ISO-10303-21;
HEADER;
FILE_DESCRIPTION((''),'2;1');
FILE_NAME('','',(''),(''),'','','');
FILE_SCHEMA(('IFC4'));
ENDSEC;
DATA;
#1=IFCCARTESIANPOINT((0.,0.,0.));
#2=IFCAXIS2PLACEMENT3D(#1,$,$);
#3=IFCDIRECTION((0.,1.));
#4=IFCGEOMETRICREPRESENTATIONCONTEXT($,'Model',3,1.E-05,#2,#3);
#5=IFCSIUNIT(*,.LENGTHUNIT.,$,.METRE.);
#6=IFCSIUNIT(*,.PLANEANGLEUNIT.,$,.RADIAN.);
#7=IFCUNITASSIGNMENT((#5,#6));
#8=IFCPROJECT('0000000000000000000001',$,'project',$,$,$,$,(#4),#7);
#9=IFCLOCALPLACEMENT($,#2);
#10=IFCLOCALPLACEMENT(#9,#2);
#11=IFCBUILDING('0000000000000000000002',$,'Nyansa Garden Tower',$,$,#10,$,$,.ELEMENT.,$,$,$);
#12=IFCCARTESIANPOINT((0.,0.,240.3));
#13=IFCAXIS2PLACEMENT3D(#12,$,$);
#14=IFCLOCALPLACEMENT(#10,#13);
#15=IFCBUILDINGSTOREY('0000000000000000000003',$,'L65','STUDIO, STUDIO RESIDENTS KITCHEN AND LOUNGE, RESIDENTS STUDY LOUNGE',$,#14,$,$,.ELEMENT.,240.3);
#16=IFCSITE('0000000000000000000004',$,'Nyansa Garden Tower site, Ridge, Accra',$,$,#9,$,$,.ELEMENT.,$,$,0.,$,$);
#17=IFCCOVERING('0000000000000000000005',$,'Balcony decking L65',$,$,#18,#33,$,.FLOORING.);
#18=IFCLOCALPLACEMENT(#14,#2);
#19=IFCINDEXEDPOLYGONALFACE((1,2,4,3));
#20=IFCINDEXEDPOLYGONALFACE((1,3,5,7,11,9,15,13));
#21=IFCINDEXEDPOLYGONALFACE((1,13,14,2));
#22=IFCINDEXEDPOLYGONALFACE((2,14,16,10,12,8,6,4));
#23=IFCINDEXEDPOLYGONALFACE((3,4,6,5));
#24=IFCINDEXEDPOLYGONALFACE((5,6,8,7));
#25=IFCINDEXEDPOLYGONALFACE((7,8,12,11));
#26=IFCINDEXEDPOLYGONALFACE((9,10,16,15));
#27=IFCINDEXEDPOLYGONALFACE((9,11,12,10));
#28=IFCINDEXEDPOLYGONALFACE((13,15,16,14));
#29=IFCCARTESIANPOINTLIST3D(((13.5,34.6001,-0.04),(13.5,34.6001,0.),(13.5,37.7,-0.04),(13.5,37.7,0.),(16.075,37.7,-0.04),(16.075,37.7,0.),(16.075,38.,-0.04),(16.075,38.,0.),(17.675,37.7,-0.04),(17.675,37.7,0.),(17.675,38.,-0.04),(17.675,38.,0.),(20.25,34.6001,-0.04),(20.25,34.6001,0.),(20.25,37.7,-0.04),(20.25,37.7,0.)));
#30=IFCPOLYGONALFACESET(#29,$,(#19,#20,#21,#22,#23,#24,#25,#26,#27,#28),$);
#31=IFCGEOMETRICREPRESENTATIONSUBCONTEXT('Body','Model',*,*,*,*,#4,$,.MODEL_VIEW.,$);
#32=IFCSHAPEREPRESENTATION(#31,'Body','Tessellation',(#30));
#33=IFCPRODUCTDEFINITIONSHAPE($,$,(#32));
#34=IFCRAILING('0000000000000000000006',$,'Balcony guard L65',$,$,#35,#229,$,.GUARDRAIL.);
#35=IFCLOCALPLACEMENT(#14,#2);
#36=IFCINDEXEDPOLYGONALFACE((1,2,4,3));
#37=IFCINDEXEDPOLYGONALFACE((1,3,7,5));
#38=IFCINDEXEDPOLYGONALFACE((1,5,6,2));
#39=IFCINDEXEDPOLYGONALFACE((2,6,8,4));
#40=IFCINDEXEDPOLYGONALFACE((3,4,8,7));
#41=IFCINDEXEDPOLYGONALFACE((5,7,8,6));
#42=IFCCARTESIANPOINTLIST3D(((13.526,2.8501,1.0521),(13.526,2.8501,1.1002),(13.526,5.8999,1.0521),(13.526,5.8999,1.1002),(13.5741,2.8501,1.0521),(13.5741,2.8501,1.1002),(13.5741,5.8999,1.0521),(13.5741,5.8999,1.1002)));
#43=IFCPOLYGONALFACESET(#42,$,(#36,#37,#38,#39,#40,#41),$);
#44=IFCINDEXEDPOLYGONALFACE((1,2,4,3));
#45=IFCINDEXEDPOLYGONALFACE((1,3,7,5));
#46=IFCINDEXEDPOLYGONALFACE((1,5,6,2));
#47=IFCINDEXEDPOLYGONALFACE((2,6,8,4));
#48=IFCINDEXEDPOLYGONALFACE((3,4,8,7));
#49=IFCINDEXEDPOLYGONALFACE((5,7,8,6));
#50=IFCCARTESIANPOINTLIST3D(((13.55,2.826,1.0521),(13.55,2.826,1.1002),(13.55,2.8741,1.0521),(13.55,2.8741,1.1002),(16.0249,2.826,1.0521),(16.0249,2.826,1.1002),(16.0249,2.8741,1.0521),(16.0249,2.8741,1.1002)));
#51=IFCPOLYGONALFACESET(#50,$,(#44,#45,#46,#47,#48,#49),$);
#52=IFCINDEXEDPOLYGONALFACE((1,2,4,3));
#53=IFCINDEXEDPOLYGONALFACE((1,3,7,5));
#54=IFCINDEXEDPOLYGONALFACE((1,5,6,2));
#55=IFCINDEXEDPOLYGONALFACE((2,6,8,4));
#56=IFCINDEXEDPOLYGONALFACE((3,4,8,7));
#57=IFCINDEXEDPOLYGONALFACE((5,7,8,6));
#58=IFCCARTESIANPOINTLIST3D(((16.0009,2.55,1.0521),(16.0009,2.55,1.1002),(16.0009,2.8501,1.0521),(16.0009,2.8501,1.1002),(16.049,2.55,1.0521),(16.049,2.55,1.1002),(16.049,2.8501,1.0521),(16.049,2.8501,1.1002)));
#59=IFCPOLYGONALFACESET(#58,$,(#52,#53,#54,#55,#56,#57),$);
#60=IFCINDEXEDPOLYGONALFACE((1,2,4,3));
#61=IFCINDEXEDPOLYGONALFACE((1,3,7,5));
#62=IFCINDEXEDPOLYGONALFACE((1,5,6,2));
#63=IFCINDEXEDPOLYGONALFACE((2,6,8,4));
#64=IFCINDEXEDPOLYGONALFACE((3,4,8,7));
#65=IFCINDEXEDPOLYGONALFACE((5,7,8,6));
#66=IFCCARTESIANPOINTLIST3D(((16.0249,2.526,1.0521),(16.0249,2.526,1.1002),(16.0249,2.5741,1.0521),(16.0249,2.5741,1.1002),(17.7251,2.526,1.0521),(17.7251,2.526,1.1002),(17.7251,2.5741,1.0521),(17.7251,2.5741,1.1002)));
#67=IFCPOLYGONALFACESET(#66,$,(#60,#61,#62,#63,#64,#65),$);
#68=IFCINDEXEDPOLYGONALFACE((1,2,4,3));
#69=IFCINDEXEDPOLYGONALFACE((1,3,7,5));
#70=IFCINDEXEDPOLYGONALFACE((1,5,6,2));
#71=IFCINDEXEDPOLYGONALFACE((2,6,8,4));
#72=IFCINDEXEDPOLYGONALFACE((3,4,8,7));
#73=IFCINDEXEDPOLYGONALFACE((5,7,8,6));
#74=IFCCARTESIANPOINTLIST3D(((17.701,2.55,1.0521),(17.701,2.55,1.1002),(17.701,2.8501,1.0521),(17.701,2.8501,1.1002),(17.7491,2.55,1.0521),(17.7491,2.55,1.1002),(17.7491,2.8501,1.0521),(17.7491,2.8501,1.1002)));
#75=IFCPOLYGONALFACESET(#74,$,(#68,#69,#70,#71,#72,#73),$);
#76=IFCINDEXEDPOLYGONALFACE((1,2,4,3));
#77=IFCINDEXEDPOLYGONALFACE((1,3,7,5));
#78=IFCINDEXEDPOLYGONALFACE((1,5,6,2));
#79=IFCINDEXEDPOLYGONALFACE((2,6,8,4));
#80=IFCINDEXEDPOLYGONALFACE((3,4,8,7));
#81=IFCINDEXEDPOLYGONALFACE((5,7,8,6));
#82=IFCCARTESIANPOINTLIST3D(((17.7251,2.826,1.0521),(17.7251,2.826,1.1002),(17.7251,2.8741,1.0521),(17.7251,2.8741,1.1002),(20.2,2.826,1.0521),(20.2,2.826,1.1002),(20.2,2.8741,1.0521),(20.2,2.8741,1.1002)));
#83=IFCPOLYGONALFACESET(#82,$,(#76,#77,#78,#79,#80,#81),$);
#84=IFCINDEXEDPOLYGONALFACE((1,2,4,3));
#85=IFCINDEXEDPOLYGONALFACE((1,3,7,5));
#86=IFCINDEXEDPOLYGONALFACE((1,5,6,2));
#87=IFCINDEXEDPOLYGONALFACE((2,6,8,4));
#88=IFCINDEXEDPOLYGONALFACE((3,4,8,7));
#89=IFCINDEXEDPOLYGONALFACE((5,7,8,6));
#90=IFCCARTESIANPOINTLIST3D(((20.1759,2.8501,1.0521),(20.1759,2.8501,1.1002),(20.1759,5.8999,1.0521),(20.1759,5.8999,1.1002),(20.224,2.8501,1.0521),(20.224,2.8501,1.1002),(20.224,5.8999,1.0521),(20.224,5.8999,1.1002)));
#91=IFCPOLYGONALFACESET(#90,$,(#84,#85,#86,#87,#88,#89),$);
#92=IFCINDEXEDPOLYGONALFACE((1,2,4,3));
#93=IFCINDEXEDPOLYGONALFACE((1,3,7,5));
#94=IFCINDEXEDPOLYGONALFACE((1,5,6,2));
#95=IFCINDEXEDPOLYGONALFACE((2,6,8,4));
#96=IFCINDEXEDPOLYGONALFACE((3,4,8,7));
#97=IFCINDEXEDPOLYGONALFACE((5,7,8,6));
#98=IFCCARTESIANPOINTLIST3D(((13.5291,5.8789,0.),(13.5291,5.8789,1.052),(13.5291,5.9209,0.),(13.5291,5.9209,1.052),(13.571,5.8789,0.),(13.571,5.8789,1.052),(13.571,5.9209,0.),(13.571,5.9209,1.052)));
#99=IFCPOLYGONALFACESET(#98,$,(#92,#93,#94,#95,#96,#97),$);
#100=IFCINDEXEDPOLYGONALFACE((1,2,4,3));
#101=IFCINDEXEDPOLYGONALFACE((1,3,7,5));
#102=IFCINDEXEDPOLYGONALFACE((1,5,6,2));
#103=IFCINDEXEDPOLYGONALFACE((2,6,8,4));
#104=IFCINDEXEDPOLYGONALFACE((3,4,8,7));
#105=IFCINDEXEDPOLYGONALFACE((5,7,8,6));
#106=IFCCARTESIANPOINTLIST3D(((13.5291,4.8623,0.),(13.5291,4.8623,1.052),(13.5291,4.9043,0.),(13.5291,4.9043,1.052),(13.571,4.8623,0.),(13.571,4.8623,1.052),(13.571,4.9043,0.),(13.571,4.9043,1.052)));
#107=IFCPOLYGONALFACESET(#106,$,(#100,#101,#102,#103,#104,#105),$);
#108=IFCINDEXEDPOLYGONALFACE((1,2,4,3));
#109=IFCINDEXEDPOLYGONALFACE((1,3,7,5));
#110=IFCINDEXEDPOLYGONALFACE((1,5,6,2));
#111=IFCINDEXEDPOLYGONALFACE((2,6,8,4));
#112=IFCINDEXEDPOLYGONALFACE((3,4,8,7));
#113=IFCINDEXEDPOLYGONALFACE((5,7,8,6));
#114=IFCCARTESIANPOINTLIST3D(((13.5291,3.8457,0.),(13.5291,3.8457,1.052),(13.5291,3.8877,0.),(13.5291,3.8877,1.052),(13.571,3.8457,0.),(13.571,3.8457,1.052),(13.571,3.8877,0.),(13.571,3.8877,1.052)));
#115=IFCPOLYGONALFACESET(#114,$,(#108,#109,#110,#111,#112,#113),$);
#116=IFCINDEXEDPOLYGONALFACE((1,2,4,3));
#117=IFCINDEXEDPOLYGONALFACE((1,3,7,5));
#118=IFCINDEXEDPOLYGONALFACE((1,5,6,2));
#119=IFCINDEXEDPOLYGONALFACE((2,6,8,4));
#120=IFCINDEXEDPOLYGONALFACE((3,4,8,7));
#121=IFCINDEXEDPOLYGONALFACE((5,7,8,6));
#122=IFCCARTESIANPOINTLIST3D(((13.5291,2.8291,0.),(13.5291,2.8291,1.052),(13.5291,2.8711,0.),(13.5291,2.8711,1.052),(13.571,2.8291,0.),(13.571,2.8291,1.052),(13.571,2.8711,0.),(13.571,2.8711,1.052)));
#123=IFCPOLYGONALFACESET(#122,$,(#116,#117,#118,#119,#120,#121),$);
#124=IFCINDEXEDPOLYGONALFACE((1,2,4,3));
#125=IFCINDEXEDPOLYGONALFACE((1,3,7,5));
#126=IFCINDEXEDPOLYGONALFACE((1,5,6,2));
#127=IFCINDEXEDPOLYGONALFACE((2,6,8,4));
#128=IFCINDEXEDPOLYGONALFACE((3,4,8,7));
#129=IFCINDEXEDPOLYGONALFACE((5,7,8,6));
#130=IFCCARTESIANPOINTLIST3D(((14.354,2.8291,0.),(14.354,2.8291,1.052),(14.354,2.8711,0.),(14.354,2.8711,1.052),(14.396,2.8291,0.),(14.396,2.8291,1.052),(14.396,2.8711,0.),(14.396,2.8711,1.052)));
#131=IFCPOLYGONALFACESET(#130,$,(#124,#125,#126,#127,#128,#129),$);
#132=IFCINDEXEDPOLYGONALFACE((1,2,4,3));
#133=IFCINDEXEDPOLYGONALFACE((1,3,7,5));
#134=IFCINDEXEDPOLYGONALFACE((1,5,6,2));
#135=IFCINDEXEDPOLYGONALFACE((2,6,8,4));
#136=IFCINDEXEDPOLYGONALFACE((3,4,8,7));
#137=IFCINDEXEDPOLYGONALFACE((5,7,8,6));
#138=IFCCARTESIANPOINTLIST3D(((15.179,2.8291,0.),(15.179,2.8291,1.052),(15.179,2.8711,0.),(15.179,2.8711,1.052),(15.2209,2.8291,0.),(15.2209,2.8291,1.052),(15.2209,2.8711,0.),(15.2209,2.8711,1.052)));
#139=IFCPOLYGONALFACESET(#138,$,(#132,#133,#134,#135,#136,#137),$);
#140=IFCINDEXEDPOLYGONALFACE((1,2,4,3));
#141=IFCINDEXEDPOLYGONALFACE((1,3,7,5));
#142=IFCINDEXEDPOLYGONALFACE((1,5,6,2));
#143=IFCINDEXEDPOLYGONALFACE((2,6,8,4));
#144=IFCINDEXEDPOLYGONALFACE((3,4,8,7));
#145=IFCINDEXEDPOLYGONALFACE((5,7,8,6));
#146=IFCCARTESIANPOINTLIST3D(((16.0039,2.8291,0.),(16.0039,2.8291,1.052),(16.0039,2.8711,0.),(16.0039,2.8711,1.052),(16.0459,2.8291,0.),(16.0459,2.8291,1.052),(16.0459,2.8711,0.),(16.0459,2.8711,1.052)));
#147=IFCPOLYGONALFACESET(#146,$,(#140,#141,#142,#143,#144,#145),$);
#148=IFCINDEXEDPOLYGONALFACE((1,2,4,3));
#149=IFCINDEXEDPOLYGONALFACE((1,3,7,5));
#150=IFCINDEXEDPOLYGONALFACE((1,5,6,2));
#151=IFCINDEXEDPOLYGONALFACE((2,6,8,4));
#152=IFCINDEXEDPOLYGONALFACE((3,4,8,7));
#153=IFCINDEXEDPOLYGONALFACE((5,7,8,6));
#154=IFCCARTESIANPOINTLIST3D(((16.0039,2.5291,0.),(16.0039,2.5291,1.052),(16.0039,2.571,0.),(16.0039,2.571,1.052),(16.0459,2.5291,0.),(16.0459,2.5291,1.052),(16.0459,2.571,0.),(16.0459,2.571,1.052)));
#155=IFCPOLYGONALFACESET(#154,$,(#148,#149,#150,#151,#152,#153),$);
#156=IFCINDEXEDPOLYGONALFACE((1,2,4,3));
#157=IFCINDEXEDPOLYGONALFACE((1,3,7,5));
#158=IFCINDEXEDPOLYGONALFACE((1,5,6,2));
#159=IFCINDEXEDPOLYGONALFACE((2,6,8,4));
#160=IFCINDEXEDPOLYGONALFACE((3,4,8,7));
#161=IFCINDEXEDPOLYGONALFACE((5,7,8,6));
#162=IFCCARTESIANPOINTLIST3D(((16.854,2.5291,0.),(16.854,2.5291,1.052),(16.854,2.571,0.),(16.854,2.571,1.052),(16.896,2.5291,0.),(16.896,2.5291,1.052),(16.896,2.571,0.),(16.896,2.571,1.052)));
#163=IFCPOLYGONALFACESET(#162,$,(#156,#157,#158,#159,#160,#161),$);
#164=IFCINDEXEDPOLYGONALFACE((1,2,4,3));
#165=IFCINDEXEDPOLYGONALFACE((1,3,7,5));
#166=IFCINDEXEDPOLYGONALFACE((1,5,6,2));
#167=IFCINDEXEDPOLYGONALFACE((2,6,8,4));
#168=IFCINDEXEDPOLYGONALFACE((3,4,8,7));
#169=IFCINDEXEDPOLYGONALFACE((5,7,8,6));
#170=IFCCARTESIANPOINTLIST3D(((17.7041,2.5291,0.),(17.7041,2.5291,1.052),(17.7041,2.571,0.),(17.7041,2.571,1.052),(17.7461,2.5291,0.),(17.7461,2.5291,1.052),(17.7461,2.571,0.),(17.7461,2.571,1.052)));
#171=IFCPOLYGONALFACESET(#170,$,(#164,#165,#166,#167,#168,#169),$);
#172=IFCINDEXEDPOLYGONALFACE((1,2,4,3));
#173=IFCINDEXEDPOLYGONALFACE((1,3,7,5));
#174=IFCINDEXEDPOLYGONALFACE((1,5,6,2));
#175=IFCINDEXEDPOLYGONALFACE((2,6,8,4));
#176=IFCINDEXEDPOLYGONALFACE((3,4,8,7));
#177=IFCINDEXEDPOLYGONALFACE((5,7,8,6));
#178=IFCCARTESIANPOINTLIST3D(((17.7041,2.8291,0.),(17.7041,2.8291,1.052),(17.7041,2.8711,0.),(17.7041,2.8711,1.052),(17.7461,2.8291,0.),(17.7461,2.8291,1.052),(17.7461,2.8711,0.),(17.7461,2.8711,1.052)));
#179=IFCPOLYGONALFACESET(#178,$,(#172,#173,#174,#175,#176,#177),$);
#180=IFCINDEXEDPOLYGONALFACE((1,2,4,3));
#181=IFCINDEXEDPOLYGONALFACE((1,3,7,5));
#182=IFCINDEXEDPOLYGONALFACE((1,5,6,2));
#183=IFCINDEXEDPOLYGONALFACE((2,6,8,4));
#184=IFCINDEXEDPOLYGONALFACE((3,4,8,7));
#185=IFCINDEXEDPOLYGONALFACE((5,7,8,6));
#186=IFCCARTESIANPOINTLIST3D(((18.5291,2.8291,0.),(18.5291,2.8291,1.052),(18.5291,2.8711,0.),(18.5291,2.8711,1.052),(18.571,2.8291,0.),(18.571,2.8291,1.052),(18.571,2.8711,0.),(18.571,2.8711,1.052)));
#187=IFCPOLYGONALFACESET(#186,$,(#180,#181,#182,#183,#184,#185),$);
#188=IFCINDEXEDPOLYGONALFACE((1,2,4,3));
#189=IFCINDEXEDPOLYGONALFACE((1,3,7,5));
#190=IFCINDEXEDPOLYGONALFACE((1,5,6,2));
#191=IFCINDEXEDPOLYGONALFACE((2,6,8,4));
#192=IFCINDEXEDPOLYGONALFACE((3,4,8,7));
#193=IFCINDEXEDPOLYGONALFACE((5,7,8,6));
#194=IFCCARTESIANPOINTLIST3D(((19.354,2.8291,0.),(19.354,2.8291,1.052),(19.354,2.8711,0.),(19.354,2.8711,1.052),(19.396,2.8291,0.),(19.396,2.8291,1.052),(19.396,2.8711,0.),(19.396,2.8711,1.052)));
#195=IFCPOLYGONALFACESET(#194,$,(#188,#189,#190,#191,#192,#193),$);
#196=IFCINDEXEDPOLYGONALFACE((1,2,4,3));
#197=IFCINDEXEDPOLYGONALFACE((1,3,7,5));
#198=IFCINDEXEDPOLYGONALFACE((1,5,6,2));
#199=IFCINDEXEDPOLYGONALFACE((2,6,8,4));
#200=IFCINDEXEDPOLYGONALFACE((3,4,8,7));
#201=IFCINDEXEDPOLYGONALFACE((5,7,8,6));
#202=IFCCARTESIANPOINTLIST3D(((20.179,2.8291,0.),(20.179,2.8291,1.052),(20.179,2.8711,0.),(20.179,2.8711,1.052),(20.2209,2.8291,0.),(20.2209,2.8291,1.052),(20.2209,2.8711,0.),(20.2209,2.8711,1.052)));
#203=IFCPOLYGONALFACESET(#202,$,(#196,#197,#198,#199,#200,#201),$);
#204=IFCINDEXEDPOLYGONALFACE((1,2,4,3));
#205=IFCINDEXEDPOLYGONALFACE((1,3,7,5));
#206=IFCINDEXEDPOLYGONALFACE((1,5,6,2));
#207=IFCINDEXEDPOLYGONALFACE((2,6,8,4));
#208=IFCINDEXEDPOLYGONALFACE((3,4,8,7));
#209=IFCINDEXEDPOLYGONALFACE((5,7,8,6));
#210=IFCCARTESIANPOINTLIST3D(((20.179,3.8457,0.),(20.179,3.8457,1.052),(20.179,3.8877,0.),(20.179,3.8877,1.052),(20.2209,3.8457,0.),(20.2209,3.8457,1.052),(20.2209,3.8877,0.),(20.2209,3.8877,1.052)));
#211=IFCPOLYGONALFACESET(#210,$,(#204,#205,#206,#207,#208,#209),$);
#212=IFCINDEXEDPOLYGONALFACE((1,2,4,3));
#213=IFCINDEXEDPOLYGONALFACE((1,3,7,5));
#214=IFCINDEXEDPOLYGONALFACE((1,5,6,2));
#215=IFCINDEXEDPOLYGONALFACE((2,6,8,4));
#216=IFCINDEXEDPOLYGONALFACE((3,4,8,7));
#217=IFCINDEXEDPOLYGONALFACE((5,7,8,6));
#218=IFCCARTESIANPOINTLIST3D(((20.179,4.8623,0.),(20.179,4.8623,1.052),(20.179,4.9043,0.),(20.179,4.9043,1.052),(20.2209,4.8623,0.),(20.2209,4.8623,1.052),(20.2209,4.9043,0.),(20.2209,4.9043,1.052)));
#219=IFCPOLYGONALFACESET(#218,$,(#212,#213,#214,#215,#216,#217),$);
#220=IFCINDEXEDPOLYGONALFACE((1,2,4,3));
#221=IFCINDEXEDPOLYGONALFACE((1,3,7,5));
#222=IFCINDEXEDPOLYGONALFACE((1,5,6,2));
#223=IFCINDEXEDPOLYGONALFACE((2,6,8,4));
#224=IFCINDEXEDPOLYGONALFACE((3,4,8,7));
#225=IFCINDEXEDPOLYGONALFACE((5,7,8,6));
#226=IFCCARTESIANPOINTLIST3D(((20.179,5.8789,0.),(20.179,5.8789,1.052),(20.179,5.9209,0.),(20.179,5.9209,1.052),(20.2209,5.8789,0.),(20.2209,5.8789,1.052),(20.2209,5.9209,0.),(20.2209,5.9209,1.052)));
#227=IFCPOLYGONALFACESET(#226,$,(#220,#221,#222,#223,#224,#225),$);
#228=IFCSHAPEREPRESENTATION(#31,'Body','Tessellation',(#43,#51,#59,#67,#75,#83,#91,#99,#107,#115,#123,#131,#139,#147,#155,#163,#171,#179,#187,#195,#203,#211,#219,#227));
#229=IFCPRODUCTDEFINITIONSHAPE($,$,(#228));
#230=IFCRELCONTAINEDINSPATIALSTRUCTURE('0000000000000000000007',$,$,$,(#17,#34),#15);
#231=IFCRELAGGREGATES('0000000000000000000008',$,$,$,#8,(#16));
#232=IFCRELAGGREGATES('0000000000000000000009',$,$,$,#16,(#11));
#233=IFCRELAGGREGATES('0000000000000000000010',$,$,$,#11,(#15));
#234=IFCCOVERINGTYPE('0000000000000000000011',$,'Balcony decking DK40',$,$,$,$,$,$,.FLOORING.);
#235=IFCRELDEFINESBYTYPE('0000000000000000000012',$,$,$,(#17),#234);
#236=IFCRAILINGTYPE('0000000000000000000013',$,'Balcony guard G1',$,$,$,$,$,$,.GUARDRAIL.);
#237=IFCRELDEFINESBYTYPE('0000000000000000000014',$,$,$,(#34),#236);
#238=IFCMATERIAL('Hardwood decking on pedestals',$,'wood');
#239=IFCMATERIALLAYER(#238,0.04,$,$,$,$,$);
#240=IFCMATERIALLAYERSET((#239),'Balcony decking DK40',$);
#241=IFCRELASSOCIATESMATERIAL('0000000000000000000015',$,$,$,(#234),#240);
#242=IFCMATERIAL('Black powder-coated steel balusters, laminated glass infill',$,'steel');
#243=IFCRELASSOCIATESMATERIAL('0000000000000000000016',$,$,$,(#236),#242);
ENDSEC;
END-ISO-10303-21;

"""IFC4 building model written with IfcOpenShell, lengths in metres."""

from ifc_helpers import new_model, si_unit, direction, frame, origin, origin_2d, place, context, subcontext, project, spatial, polyline, rectangle, outline, extrude, material, layer, layer_set, type_object, element, save


model = new_model("IFC4")

# Units and contexts
model_context = context("Model", 3, precision=1e-05, world=origin(), true_north=direction((0.0, 1.0)))
body_context = subcontext(model_context, "Body", "Model", "MODEL_VIEW")
ifc_project = project(units=[si_unit("LENGTHUNIT", "METRE"), si_unit("PLANEANGLEUNIT", "RADIAN")], contexts=[model_context])

# Site, building, storey
site_placement = place(None, origin())
site = spatial("IfcSite", under=ifc_project, at=site_placement, Name="Nyansa Garden Tower site, Ridge, Accra", CompositionType="ELEMENT", RefElevation=0.0)
building_placement = place(site_placement, origin())
building = spatial("IfcBuilding", under=site, at=building_placement, Name="Nyansa Garden Tower", CompositionType="ELEMENT")
storey_placement = place(building_placement, frame((0.0, 0.0, 240.3)))
storey = spatial("IfcBuildingStorey", under=building, at=storey_placement, Name="L65", Description="STUDIO, STUDIO RESIDENTS KITCHEN AND LOUNGE, RESIDENTS STUDY LOUNGE", CompositionType="ELEMENT", Elevation=240.3)

# Covering
ifc_material_1 = material(Name="Hardwood decking on pedestals", Category="wood")
ifc_layer_1 = layer(ifc_material_1, 0.04)
ifc_layer_set_1 = layer_set([ifc_layer_1], Name="Balcony decking DK40")
covering_type = type_object("IfcCoveringType", Name="Balcony decking DK40", PredefinedType="FLOORING", material=ifc_layer_set_1)
covering_1_placement = place(storey_placement, frame((0.0, 0.0, -0.04)))
element("IfcCovering", 1, at=covering_1_placement, inside=storey, type_object=covering_type, Name="Balcony decking L65", PredefinedType="FLOORING", context=body_context, shape_type="SweptSolid", body=[
    extrude(outline(polyline([(13.5, 34.6001), (20.25, 34.6001), (20.25, 37.7), (17.675, 37.7), (17.675, 38.0), (16.075, 38.0), (16.075, 37.7), (13.5, 37.7), (13.5, 34.6001)])), origin(), (0.0, 0.0, 1.0), 0.04),
])

# Railing
ifc_material_2 = material(Name="Black powder-coated steel balusters, laminated glass infill", Category="steel")
railing_type = type_object("IfcRailingType", Name="Balcony guard G1", PredefinedType="GUARDRAIL", material=ifc_material_2)
railing_placement = place(storey_placement, frame((13.55, 5.8999, 0.0)))
element("IfcRailing", 2, at=railing_placement, inside=storey, type_object=railing_type, Name="Balcony guard L65", PredefinedType="GUARDRAIL", context=body_context, shape_type="SweptSolid", body=[
    extrude(rectangle(XDim=0.0481, YDim=0.0481, at=origin_2d()), frame((0.0, 0.0, 1.0762), z_axis=(0.0, -1.0, 0.0), x_axis=(1.0, 0.0, 0.0)), (0.0, 0.0, 1.0), 3.0498),
    extrude(rectangle(XDim=0.0481, YDim=0.0481, at=origin_2d()), frame((0.0, -3.0498, 1.0762), z_axis=(1.0, 0.0, 0.0), x_axis=(0.0, 1.0, 0.0)), (0.0, 0.0, 1.0), 2.4749),
    extrude(rectangle(XDim=0.0481, YDim=0.0481, at=origin_2d()), frame((2.4749, -3.0498, 1.0762), z_axis=(0.0, -1.0, 0.0), x_axis=(1.0, 0.0, 0.0)), (0.0, 0.0, 1.0), 0.3),
    extrude(rectangle(XDim=0.0481, YDim=0.0481, at=origin_2d()), frame((2.4749, -3.3499, 1.0762), z_axis=(1.0, 0.0, 0.0), x_axis=(0.0, 1.0, 0.0)), (0.0, 0.0, 1.0), 1.7002),
    extrude(rectangle(XDim=0.0481, YDim=0.0481, at=origin_2d()), frame((4.175, -3.3499, 1.0762), z_axis=(0.0, 1.0, 0.0), x_axis=(-1.0, 0.0, 0.0)), (0.0, 0.0, 1.0), 0.3),
    extrude(rectangle(XDim=0.0481, YDim=0.0481, at=origin_2d()), frame((4.175, -3.0498, 1.0762), z_axis=(1.0, 0.0, 0.0), x_axis=(0.0, 1.0, 0.0)), (0.0, 0.0, 1.0), 2.4749),
    extrude(rectangle(XDim=0.0481, YDim=0.0481, at=origin_2d()), frame((6.6499, -3.0498, 1.0762), z_axis=(0.0, 1.0, 0.0), x_axis=(-1.0, 0.0, 0.0)), (0.0, 0.0, 1.0), 3.0498),
    extrude(rectangle(XDim=0.042, YDim=0.042, at=origin_2d()), origin(), (0.0, 0.0, 1.0), 1.052),
    extrude(rectangle(XDim=0.042, YDim=0.042, at=origin_2d()), frame((0.0, -1.0166, 0.0)), (0.0, 0.0, 1.0), 1.052),
    extrude(rectangle(XDim=0.042, YDim=0.042, at=origin_2d()), frame((0.0, -2.0332, 0.0)), (0.0, 0.0, 1.0), 1.052),
    extrude(rectangle(XDim=0.042, YDim=0.042, at=origin_2d()), frame((0.0, -3.0498, 0.0)), (0.0, 0.0, 1.0), 1.052),
    extrude(rectangle(XDim=0.042, YDim=0.042, at=origin_2d()), frame((0.825, -3.0498, 0.0)), (0.0, 0.0, 1.0), 1.052),
    extrude(rectangle(XDim=0.042, YDim=0.042, at=origin_2d()), frame((1.6499, -3.0498, 0.0)), (0.0, 0.0, 1.0), 1.052),
    extrude(rectangle(XDim=0.042, YDim=0.042, at=origin_2d()), frame((2.4749, -3.0498, 0.0)), (0.0, 0.0, 1.0), 1.052),
    extrude(rectangle(XDim=0.042, YDim=0.042, at=origin_2d()), frame((2.4749, -3.3499, 0.0)), (0.0, 0.0, 1.0), 1.052),
    extrude(rectangle(XDim=0.042, YDim=0.042, at=origin_2d()), frame((3.325, -3.3499, 0.0)), (0.0, 0.0, 1.0), 1.052),
    extrude(rectangle(XDim=0.042, YDim=0.042, at=origin_2d()), frame((4.175, -3.3499, 0.0)), (0.0, 0.0, 1.0), 1.052),
    extrude(rectangle(XDim=0.042, YDim=0.042, at=origin_2d()), frame((4.175, -3.0498, 0.0)), (0.0, 0.0, 1.0), 1.052),
    extrude(rectangle(XDim=0.042, YDim=0.042, at=origin_2d()), frame((5.0, -3.0498, 0.0)), (0.0, 0.0, 1.0), 1.052),
    extrude(rectangle(XDim=0.042, YDim=0.042, at=origin_2d()), frame((5.825, -3.0498, 0.0)), (0.0, 0.0, 1.0), 1.052),
    extrude(rectangle(XDim=0.042, YDim=0.042, at=origin_2d()), frame((6.6499, -3.0498, 0.0)), (0.0, 0.0, 1.0), 1.052),
    extrude(rectangle(XDim=0.042, YDim=0.042, at=origin_2d()), frame((6.6499, -2.0332, 0.0)), (0.0, 0.0, 1.0), 1.052),
    extrude(rectangle(XDim=0.042, YDim=0.042, at=origin_2d()), frame((6.6499, -1.0166, 0.0)), (0.0, 0.0, 1.0), 1.052),
    extrude(rectangle(XDim=0.042, YDim=0.042, at=origin_2d()), frame((6.6499, 0.0, 0.0)), (0.0, 0.0, 1.0), 1.052),
])

save(model, "model.ifc")
